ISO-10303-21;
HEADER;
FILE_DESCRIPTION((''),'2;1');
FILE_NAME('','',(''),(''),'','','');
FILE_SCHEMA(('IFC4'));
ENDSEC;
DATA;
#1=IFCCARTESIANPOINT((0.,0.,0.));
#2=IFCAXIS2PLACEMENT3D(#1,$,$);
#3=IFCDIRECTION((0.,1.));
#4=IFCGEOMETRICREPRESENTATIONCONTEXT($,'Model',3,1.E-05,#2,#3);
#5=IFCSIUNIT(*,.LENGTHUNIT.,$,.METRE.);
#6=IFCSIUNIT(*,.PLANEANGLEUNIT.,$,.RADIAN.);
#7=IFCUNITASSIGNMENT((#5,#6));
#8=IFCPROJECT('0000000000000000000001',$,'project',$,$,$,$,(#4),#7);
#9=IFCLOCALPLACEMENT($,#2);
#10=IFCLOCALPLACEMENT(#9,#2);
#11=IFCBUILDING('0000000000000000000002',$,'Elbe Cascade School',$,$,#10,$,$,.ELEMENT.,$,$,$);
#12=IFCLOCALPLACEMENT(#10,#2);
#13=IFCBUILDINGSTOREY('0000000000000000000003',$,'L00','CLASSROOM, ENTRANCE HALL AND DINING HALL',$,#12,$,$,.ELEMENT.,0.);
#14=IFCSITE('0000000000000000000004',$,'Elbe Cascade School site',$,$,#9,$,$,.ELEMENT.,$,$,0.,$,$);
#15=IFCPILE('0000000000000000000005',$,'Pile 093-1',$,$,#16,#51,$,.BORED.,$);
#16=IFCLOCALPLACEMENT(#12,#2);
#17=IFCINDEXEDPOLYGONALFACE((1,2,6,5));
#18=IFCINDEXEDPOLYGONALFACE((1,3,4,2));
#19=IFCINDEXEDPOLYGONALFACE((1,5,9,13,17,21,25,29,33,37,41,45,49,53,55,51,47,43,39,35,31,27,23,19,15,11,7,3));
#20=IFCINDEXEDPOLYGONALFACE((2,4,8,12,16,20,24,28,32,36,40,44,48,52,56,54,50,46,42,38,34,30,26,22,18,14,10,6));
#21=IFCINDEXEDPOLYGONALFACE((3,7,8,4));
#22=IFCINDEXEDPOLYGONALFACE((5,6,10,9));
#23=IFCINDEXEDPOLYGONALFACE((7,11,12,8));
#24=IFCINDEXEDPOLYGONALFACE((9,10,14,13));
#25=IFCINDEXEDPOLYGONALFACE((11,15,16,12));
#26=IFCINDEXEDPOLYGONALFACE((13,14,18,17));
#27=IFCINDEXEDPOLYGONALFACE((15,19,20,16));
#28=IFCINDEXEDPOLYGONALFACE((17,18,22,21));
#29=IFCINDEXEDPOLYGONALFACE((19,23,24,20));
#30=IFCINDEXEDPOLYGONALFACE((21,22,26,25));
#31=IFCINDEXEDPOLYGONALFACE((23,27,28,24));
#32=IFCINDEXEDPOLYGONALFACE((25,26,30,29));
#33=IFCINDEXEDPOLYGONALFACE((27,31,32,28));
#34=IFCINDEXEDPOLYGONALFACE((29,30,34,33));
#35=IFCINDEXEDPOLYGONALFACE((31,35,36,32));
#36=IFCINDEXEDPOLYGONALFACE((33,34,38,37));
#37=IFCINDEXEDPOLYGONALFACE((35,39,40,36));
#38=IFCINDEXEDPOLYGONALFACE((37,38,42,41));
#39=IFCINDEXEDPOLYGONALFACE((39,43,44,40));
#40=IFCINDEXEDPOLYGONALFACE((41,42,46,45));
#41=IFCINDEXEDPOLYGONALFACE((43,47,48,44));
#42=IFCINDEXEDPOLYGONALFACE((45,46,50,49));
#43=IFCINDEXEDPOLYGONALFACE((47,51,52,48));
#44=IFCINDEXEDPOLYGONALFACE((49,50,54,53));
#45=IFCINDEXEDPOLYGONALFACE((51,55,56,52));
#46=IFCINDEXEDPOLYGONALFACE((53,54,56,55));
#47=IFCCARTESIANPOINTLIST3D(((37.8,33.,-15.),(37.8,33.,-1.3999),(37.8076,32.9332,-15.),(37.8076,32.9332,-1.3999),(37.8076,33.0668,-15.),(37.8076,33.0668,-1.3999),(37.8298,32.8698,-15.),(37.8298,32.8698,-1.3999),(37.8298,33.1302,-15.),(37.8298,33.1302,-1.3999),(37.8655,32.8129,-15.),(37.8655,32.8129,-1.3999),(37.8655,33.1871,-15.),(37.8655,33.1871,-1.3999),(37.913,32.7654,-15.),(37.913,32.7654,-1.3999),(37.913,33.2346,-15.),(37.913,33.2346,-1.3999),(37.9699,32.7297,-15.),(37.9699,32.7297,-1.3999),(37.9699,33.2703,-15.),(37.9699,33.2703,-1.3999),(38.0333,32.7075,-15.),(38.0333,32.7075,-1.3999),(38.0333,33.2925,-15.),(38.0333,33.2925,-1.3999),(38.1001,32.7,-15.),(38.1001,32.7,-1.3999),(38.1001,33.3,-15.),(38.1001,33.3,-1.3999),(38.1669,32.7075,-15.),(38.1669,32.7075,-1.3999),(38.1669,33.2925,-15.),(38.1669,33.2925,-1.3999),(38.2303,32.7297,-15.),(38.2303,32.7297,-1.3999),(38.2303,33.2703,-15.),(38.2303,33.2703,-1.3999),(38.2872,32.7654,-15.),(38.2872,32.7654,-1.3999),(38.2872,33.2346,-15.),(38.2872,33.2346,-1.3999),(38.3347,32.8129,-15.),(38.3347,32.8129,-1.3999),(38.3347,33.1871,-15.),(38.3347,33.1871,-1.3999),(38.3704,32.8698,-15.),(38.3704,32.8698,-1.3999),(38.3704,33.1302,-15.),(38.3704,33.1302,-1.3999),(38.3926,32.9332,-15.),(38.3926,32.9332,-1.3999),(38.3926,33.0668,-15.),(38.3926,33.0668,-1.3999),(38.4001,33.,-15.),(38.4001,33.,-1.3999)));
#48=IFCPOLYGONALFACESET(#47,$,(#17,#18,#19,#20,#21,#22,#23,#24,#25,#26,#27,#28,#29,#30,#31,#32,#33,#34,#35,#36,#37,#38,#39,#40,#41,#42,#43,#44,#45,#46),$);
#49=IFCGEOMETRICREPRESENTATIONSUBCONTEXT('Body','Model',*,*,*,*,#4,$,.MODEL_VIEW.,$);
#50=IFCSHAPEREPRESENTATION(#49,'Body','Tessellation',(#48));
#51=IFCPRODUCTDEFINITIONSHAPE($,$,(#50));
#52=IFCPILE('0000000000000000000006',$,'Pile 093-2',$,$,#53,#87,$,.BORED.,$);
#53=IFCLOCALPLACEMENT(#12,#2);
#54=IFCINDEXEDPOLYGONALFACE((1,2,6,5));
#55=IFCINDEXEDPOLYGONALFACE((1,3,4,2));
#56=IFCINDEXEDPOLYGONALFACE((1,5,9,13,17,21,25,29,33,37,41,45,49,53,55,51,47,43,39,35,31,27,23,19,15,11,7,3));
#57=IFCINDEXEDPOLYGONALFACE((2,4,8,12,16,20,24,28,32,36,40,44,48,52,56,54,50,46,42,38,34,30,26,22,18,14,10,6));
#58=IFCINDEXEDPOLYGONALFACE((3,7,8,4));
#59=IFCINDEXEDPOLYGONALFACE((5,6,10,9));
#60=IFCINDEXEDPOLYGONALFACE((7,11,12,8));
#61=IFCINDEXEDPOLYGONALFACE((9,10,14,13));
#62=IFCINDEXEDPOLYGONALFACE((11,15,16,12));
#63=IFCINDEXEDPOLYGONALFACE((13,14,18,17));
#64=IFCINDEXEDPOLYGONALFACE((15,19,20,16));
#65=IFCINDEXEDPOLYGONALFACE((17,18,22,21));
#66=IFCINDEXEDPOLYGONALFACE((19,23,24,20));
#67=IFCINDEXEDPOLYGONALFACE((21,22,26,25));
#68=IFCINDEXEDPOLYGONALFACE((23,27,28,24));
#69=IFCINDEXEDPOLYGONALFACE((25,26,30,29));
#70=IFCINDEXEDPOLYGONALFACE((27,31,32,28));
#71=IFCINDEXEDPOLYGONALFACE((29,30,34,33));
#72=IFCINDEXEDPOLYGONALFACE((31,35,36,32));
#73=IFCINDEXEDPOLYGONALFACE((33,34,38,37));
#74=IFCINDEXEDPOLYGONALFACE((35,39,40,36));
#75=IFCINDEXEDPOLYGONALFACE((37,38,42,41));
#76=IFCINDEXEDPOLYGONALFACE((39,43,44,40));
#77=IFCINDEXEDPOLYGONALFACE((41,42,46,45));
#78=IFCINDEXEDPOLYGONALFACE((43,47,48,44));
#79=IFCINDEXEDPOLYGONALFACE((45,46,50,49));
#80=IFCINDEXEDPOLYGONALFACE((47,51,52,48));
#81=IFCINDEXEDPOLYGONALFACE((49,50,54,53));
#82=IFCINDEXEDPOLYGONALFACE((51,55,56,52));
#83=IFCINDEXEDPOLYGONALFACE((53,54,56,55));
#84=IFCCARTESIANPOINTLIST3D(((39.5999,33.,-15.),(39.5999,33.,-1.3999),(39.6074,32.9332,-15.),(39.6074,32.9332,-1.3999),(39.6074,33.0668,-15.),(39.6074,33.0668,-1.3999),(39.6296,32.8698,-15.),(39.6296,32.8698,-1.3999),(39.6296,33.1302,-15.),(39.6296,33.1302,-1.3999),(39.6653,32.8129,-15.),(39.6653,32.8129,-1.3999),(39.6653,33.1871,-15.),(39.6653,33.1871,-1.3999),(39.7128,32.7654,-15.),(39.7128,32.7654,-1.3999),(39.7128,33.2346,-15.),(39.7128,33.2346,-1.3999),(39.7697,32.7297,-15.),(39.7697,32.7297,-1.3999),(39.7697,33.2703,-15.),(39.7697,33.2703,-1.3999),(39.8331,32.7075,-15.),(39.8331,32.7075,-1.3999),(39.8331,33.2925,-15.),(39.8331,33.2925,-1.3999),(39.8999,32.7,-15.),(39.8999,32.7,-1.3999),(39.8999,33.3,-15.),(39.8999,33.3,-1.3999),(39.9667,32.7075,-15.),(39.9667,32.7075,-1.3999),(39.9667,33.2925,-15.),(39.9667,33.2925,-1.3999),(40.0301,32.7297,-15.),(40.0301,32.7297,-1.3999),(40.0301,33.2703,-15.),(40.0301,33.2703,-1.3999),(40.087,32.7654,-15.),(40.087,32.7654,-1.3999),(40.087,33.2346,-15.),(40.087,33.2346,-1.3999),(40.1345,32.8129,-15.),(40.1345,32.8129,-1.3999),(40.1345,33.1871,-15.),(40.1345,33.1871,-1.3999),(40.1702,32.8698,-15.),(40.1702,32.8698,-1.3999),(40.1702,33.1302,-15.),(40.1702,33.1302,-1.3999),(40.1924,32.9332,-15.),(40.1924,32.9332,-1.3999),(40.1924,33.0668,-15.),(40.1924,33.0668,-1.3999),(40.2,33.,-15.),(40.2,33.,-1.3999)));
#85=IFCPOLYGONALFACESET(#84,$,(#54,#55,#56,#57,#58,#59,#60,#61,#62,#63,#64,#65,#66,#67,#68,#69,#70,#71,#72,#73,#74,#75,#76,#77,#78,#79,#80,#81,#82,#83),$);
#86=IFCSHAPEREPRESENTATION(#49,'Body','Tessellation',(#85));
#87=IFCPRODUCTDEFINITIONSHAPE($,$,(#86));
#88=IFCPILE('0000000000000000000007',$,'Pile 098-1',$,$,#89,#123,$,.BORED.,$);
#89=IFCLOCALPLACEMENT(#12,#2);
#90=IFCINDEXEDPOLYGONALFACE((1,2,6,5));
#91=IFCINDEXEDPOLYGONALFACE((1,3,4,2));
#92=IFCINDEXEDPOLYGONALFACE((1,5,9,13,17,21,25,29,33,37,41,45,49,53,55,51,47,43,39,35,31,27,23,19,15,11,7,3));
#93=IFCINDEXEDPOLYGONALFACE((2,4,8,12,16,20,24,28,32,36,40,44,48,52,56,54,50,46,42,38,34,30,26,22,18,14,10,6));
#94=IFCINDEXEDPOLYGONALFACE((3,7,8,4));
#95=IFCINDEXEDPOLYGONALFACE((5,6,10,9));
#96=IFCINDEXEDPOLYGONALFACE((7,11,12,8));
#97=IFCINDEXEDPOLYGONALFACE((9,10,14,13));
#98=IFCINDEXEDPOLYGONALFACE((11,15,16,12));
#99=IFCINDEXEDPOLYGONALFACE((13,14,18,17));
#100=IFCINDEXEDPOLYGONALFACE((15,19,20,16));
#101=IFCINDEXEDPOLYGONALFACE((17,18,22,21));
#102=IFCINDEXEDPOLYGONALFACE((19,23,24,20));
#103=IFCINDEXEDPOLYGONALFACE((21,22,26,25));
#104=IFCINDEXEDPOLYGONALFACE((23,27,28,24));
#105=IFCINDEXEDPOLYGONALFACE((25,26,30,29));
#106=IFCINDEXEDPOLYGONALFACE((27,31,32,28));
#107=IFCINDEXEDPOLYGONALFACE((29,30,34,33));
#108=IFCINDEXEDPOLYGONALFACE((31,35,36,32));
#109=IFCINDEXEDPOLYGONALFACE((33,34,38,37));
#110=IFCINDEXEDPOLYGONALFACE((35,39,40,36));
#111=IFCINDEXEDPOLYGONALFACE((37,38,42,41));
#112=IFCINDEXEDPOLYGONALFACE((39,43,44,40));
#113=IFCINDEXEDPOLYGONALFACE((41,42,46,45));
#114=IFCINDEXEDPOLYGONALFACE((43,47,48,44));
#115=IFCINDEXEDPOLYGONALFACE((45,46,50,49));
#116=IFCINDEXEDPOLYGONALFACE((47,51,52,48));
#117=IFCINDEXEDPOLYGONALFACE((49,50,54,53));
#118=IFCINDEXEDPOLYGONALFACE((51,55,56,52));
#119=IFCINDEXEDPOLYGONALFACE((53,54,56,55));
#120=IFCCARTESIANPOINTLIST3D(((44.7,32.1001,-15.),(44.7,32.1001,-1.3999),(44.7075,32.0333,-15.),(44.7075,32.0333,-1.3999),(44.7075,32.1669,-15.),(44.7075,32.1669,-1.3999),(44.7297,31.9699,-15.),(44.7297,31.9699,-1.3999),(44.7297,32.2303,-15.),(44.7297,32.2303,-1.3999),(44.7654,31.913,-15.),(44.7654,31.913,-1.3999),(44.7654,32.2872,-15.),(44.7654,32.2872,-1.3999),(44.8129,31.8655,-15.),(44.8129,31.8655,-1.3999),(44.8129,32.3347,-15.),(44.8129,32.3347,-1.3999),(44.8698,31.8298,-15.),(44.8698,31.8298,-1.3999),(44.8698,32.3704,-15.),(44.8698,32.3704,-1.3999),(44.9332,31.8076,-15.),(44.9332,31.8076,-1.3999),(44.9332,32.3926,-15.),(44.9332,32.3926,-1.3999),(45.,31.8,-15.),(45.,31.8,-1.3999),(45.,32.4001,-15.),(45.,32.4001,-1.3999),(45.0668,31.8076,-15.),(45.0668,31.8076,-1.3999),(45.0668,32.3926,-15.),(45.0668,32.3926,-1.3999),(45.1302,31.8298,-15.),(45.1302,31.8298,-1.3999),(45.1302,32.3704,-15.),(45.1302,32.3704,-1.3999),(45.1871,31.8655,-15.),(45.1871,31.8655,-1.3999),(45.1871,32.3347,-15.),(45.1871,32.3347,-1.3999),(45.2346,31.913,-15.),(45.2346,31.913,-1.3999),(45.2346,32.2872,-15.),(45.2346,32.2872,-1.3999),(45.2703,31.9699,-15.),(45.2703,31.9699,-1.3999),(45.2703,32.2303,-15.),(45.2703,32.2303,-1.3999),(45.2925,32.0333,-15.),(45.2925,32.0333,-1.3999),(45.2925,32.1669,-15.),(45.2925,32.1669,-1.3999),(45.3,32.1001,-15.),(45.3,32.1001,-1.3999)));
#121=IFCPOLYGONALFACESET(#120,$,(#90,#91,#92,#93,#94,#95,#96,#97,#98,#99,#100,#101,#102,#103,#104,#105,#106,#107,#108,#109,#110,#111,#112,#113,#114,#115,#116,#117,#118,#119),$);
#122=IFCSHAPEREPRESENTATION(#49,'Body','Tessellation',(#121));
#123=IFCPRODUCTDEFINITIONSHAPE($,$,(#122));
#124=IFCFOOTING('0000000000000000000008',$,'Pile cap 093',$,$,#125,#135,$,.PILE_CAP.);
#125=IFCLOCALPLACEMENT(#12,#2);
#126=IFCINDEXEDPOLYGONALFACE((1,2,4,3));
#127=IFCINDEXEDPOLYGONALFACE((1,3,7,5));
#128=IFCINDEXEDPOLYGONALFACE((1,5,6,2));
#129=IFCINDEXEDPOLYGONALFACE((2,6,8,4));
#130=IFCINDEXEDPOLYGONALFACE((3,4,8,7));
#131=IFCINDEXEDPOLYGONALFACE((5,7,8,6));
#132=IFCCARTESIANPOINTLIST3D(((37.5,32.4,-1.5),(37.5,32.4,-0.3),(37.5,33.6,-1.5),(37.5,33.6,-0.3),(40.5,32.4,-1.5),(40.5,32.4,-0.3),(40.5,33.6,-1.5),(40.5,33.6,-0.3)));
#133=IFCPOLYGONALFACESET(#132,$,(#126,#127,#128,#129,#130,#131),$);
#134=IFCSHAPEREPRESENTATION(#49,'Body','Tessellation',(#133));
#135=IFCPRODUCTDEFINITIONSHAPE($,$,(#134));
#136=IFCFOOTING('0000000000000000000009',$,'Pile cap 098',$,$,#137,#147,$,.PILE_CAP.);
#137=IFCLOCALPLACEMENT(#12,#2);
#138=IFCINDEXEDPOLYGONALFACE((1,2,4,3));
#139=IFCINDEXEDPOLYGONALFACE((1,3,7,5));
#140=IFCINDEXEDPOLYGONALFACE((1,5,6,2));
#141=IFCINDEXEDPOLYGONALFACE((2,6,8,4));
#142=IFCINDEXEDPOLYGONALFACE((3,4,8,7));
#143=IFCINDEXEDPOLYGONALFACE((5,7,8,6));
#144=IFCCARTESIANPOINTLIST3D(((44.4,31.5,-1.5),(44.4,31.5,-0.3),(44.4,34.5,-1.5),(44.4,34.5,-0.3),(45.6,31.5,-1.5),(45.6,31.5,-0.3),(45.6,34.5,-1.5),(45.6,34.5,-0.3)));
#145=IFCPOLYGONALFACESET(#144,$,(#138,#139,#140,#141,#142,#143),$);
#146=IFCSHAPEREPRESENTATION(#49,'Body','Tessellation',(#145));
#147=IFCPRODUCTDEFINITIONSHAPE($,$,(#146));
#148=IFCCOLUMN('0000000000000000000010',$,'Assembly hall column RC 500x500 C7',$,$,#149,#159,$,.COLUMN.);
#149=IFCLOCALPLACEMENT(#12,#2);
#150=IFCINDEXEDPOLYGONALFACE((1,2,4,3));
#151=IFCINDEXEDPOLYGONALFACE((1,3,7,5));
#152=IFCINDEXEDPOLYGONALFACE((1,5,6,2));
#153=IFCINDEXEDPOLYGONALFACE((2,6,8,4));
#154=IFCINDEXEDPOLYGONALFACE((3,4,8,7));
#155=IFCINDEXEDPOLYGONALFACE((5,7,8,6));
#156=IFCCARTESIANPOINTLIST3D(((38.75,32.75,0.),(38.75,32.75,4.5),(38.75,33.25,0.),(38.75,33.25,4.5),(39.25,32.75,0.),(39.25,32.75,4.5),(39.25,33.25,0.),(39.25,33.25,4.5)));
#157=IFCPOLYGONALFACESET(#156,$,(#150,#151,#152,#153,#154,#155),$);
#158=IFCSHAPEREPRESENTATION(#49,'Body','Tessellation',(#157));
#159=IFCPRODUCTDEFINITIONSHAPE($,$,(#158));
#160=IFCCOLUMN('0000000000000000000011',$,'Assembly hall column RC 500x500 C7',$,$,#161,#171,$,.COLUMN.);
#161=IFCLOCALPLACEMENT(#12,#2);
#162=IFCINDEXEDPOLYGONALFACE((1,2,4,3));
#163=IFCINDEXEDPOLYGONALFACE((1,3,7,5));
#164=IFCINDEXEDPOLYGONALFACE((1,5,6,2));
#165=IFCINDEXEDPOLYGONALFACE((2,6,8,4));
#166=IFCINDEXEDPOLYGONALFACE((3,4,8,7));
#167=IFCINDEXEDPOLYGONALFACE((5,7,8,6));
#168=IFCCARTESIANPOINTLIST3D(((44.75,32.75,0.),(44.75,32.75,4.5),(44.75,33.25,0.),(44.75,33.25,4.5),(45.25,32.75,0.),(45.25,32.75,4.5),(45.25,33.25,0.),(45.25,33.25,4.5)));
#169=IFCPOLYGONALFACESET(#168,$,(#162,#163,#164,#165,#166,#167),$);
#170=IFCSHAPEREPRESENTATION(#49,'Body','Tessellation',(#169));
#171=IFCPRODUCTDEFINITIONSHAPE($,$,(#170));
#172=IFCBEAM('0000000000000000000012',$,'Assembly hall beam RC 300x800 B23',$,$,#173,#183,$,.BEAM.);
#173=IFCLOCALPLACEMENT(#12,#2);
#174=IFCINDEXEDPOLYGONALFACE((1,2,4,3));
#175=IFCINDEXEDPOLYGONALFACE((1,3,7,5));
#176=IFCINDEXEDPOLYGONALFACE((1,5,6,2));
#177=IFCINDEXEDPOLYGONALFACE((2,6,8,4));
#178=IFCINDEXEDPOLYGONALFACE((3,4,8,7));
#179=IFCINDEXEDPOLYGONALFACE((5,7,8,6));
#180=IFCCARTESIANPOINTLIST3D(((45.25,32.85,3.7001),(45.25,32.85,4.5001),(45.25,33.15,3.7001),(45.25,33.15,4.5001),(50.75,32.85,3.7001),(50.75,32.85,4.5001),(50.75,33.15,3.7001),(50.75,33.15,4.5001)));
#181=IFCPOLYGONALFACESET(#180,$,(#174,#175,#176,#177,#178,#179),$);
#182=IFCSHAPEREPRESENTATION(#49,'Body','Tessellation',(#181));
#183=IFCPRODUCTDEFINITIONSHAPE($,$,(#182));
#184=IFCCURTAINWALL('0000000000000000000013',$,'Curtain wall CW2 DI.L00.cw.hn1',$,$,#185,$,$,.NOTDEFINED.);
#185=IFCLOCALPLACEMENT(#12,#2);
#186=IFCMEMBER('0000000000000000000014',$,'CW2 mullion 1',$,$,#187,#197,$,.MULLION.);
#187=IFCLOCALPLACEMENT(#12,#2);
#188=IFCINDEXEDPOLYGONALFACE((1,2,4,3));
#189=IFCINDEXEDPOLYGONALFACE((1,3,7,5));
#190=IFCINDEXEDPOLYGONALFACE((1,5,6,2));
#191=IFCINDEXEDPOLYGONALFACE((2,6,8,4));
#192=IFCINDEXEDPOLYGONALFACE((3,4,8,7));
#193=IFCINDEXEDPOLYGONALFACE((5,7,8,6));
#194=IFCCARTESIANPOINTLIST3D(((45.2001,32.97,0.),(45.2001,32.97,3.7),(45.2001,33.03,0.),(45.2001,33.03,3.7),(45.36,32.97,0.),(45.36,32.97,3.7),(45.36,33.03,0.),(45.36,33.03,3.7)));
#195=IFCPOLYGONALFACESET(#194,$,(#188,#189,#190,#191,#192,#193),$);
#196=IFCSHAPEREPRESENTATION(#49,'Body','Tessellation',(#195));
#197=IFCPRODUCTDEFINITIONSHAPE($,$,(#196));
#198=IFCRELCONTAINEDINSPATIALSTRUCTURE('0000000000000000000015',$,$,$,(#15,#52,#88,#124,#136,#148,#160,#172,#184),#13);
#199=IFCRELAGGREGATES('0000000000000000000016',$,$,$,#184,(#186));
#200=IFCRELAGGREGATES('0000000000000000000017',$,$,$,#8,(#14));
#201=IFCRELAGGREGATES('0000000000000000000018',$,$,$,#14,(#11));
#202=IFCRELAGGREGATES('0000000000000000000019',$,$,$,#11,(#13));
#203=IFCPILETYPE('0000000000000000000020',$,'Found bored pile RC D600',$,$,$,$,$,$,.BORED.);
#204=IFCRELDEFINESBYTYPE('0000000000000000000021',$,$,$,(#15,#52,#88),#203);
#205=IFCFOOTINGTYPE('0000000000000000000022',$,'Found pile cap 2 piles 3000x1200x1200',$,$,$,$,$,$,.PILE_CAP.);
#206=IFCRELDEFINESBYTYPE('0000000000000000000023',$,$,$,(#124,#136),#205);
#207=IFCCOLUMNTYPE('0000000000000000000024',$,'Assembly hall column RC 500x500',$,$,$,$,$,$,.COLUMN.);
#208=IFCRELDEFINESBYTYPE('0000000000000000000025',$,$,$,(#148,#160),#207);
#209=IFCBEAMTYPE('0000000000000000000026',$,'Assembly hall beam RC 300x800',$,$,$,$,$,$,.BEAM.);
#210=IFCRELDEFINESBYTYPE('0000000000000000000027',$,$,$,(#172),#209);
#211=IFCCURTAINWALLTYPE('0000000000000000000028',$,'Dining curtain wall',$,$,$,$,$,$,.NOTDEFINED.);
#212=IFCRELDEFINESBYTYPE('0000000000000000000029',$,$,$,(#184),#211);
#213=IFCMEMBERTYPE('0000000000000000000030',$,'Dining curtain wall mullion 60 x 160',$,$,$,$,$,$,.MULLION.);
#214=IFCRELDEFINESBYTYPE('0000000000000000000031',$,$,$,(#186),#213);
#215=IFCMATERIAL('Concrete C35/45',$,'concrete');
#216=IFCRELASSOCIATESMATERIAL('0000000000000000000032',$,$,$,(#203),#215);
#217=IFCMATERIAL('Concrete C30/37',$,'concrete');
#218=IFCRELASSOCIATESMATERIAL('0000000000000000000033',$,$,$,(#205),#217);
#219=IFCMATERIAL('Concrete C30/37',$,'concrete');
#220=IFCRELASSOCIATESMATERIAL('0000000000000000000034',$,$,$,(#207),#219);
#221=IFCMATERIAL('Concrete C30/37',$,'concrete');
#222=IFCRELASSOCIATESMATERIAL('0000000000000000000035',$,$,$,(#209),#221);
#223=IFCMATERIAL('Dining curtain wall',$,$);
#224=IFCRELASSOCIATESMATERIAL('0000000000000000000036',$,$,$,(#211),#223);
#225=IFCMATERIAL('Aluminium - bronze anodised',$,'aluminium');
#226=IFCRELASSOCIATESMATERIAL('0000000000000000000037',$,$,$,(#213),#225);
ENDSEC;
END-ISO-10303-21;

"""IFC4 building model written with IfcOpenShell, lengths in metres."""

from ifc_helpers import new_model, si_unit, direction, frame, origin, origin_2d, place, context, subcontext, project, spatial, rectangle, circle, extrude, material, material_profile, profile_set, type_object, element, aggregate, save


model = new_model("IFC4")

# Units and contexts
model_context = context("Model", 3, precision=1e-05, world=origin(), true_north=direction((0.0, 1.0)))
body_context = subcontext(model_context, "Body", "Model", "MODEL_VIEW")
ifc_project = project(units=[si_unit("LENGTHUNIT", "METRE"), si_unit("PLANEANGLEUNIT", "RADIAN")], contexts=[model_context])

# Site, building, storey
site_placement = place(None, origin())
site = spatial("IfcSite", under=ifc_project, at=site_placement, Name="Elbe Cascade School site", CompositionType="ELEMENT", RefElevation=0.0)
building_placement = place(site_placement, origin())
building = spatial("IfcBuilding", under=site, at=building_placement, Name="Elbe Cascade School", CompositionType="ELEMENT")
storey_placement = place(building_placement, origin())
storey = spatial("IfcBuildingStorey", under=building, at=storey_placement, Name="L00", Description="CLASSROOM, ENTRANCE HALL AND DINING HALL", CompositionType="ELEMENT", Elevation=0.0)

# Piles
ifc_material_1 = material(Name="Concrete C35/45", Category="concrete")
ifc_material_profile_1 = material_profile(ifc_material_1, circle(Radius=0.3, at=origin_2d()), Name="RC D600")
ifc_profile_set_1 = profile_set([ifc_material_profile_1], Name="Concrete C35/45")
pile_type = type_object("IfcPileType", Name="Found bored pile RC D600", PredefinedType="BORED", material=ifc_profile_set_1)
for number, where, z_axis, x_axis, name in (
    (1, (38.1001, 33.0, -1.3999), (0.0, 0.0, -1.0), (1.0, 0.0, 0.0), "Pile 093-1"),
    (2, (39.8999, 33.0, -1.3999), (0.0, 0.0, -1.0), (1.0, 0.0, 0.0), "Pile 093-2"),
    (3, (45.0, 32.1001, -1.3999), (0.0, 0.0, -1.0), (1.0, 0.0, 0.0), "Pile 098-1"),
):
    element("IfcPile", number, at=place(storey_placement, frame(where, z_axis=z_axis, x_axis=x_axis)), inside=storey, type_object=pile_type, Name=name, PredefinedType="BORED", context=body_context, shape_type="SweptSolid", body=[
        extrude(circle(Radius=0.3, at=origin_2d()), origin(), (0.0, 0.0, 1.0), 13.6001),
    ])

# Footings
ifc_material_2 = material(Name="Concrete C30/37", Category="concrete")
footing_type = type_object("IfcFootingType", Name="Found pile cap 2 piles 3000x1200x1200", PredefinedType="PILE_CAP", material=ifc_material_2)
footing_1_placement = place(storey_placement, frame((39.0, 33.0, -1.5), z_axis=(0.0, 0.0, 1.0), x_axis=(1.0, 0.0, 0.0)))
element("IfcFooting", 4, at=footing_1_placement, inside=storey, type_object=footing_type, Name="Pile cap 093", PredefinedType="PILE_CAP", context=body_context, shape_type="SweptSolid", body=[
    extrude(rectangle(XDim=3.0, YDim=1.2, at=origin_2d()), origin(), (0.0, 0.0, 1.0), 1.2),
])
footing_2_placement = place(storey_placement, frame((45.0, 33.0, -1.5), z_axis=(0.0, 0.0, 1.0), x_axis=(1.0, 0.0, 0.0)))
element("IfcFooting", 5, at=footing_2_placement, inside=storey, type_object=footing_type, Name="Pile cap 098", PredefinedType="PILE_CAP", context=body_context, shape_type="SweptSolid", body=[
    extrude(rectangle(XDim=1.2, YDim=3.0, at=origin_2d()), origin(), (0.0, 0.0, 1.0), 1.2),
])

# Columns
ifc_material_3 = material(Name="Concrete C30/37", Category="concrete")
ifc_material_profile_2 = material_profile(ifc_material_3, rectangle(XDim=0.5, YDim=0.5, at=origin_2d()), Name="RC 500x500")
ifc_profile_set_2 = profile_set([ifc_material_profile_2], Name="Concrete C30/37")
column_type = type_object("IfcColumnType", Name="Assembly hall column RC 500x500", PredefinedType="COLUMN", material=ifc_profile_set_2)
for number, where, z_axis, x_axis, name in (
    (6, (39.0, 33.0, 0.0), (0.0, 0.0, 1.0), (1.0, 0.0, 0.0), "Assembly hall column RC 500x500 C7"),
    (7, (45.0, 33.0, 0.0), (0.0, 0.0, 1.0), (1.0, 0.0, 0.0), "Assembly hall column RC 500x500 C7"),
):
    element("IfcColumn", number, at=place(storey_placement, frame(where, z_axis=z_axis, x_axis=x_axis)), inside=storey, type_object=column_type, Name=name, PredefinedType="COLUMN", context=body_context, shape_type="SweptSolid", body=[
        extrude(rectangle(XDim=0.5, YDim=0.5, at=origin_2d()), origin(), (0.0, 0.0, 1.0), 4.5),
    ])

# Beam
ifc_material_4 = material(Name="Concrete C30/37", Category="concrete")
ifc_material_profile_3 = material_profile(ifc_material_4, rectangle(XDim=0.3, YDim=0.8, at=origin_2d()), Name="RC 300x800")
ifc_profile_set_3 = profile_set([ifc_material_profile_3], Name="Concrete C30/37")
beam_type_1 = type_object("IfcBeamType", Name="Assembly hall beam RC 300x800", PredefinedType="BEAM", material=ifc_profile_set_3)
beam_1_placement = place(storey_placement, frame((45.25, 33.0, 4.1001), z_axis=(1.0, 0.0, 0.0), x_axis=(0.0, 1.0, 0.0)))
element("IfcBeam", 8, at=beam_1_placement, inside=storey, type_object=beam_type_1, Name="Assembly hall beam RC 300x800 B23", PredefinedType="BEAM", context=body_context, shape_type="SweptSolid", body=[
    extrude(rectangle(XDim=0.3, YDim=0.8, at=origin_2d()), origin(), (0.0, 0.0, 1.0), 5.5),
])

# Curtain wall, member
ifc_material_5 = material(Name="Dining curtain wall")
curtain_wall_type = type_object("IfcCurtainWallType", Name="Dining curtain wall", PredefinedType="NOTDEFINED", material=ifc_material_5)
curtain_wall_placement = place(storey_placement, origin())
curtain_wall = element("IfcCurtainWall", 9, at=curtain_wall_placement, inside=storey, type_object=curtain_wall_type, Name="Curtain wall CW2 DI.L00.cw.hn1", PredefinedType="NOTDEFINED")
ifc_material_6 = material(Name="Aluminium - bronze anodised", Category="aluminium")
ifc_material_profile_4 = material_profile(ifc_material_6, rectangle(XDim=0.0601, YDim=0.1599, at=origin_2d()), Name="RECT 60x160")
ifc_profile_set_4 = profile_set([ifc_material_profile_4], Name="Aluminium - bronze anodised")
member_type_1 = type_object("IfcMemberType", Name="Dining curtain wall mullion 60 x 160", PredefinedType="MULLION", material=ifc_profile_set_4)
member_1_placement = place(storey_placement, frame((45.28, 33.0, 0.0), z_axis=(0.0, 0.0, 1.0), x_axis=(0.0, 1.0, 0.0)))
member_1 = element("IfcMember", 10, at=member_1_placement, type_object=member_type_1, Name="CW2 mullion 1", PredefinedType="MULLION", context=body_context, shape_type="SweptSolid", body=[
    extrude(rectangle(XDim=0.0601, YDim=0.1599, at=origin_2d()), origin(), (0.0, 0.0, 1.0), 3.7),
])

aggregate(curtain_wall, [member_1])

save(model, "model.ifc")
